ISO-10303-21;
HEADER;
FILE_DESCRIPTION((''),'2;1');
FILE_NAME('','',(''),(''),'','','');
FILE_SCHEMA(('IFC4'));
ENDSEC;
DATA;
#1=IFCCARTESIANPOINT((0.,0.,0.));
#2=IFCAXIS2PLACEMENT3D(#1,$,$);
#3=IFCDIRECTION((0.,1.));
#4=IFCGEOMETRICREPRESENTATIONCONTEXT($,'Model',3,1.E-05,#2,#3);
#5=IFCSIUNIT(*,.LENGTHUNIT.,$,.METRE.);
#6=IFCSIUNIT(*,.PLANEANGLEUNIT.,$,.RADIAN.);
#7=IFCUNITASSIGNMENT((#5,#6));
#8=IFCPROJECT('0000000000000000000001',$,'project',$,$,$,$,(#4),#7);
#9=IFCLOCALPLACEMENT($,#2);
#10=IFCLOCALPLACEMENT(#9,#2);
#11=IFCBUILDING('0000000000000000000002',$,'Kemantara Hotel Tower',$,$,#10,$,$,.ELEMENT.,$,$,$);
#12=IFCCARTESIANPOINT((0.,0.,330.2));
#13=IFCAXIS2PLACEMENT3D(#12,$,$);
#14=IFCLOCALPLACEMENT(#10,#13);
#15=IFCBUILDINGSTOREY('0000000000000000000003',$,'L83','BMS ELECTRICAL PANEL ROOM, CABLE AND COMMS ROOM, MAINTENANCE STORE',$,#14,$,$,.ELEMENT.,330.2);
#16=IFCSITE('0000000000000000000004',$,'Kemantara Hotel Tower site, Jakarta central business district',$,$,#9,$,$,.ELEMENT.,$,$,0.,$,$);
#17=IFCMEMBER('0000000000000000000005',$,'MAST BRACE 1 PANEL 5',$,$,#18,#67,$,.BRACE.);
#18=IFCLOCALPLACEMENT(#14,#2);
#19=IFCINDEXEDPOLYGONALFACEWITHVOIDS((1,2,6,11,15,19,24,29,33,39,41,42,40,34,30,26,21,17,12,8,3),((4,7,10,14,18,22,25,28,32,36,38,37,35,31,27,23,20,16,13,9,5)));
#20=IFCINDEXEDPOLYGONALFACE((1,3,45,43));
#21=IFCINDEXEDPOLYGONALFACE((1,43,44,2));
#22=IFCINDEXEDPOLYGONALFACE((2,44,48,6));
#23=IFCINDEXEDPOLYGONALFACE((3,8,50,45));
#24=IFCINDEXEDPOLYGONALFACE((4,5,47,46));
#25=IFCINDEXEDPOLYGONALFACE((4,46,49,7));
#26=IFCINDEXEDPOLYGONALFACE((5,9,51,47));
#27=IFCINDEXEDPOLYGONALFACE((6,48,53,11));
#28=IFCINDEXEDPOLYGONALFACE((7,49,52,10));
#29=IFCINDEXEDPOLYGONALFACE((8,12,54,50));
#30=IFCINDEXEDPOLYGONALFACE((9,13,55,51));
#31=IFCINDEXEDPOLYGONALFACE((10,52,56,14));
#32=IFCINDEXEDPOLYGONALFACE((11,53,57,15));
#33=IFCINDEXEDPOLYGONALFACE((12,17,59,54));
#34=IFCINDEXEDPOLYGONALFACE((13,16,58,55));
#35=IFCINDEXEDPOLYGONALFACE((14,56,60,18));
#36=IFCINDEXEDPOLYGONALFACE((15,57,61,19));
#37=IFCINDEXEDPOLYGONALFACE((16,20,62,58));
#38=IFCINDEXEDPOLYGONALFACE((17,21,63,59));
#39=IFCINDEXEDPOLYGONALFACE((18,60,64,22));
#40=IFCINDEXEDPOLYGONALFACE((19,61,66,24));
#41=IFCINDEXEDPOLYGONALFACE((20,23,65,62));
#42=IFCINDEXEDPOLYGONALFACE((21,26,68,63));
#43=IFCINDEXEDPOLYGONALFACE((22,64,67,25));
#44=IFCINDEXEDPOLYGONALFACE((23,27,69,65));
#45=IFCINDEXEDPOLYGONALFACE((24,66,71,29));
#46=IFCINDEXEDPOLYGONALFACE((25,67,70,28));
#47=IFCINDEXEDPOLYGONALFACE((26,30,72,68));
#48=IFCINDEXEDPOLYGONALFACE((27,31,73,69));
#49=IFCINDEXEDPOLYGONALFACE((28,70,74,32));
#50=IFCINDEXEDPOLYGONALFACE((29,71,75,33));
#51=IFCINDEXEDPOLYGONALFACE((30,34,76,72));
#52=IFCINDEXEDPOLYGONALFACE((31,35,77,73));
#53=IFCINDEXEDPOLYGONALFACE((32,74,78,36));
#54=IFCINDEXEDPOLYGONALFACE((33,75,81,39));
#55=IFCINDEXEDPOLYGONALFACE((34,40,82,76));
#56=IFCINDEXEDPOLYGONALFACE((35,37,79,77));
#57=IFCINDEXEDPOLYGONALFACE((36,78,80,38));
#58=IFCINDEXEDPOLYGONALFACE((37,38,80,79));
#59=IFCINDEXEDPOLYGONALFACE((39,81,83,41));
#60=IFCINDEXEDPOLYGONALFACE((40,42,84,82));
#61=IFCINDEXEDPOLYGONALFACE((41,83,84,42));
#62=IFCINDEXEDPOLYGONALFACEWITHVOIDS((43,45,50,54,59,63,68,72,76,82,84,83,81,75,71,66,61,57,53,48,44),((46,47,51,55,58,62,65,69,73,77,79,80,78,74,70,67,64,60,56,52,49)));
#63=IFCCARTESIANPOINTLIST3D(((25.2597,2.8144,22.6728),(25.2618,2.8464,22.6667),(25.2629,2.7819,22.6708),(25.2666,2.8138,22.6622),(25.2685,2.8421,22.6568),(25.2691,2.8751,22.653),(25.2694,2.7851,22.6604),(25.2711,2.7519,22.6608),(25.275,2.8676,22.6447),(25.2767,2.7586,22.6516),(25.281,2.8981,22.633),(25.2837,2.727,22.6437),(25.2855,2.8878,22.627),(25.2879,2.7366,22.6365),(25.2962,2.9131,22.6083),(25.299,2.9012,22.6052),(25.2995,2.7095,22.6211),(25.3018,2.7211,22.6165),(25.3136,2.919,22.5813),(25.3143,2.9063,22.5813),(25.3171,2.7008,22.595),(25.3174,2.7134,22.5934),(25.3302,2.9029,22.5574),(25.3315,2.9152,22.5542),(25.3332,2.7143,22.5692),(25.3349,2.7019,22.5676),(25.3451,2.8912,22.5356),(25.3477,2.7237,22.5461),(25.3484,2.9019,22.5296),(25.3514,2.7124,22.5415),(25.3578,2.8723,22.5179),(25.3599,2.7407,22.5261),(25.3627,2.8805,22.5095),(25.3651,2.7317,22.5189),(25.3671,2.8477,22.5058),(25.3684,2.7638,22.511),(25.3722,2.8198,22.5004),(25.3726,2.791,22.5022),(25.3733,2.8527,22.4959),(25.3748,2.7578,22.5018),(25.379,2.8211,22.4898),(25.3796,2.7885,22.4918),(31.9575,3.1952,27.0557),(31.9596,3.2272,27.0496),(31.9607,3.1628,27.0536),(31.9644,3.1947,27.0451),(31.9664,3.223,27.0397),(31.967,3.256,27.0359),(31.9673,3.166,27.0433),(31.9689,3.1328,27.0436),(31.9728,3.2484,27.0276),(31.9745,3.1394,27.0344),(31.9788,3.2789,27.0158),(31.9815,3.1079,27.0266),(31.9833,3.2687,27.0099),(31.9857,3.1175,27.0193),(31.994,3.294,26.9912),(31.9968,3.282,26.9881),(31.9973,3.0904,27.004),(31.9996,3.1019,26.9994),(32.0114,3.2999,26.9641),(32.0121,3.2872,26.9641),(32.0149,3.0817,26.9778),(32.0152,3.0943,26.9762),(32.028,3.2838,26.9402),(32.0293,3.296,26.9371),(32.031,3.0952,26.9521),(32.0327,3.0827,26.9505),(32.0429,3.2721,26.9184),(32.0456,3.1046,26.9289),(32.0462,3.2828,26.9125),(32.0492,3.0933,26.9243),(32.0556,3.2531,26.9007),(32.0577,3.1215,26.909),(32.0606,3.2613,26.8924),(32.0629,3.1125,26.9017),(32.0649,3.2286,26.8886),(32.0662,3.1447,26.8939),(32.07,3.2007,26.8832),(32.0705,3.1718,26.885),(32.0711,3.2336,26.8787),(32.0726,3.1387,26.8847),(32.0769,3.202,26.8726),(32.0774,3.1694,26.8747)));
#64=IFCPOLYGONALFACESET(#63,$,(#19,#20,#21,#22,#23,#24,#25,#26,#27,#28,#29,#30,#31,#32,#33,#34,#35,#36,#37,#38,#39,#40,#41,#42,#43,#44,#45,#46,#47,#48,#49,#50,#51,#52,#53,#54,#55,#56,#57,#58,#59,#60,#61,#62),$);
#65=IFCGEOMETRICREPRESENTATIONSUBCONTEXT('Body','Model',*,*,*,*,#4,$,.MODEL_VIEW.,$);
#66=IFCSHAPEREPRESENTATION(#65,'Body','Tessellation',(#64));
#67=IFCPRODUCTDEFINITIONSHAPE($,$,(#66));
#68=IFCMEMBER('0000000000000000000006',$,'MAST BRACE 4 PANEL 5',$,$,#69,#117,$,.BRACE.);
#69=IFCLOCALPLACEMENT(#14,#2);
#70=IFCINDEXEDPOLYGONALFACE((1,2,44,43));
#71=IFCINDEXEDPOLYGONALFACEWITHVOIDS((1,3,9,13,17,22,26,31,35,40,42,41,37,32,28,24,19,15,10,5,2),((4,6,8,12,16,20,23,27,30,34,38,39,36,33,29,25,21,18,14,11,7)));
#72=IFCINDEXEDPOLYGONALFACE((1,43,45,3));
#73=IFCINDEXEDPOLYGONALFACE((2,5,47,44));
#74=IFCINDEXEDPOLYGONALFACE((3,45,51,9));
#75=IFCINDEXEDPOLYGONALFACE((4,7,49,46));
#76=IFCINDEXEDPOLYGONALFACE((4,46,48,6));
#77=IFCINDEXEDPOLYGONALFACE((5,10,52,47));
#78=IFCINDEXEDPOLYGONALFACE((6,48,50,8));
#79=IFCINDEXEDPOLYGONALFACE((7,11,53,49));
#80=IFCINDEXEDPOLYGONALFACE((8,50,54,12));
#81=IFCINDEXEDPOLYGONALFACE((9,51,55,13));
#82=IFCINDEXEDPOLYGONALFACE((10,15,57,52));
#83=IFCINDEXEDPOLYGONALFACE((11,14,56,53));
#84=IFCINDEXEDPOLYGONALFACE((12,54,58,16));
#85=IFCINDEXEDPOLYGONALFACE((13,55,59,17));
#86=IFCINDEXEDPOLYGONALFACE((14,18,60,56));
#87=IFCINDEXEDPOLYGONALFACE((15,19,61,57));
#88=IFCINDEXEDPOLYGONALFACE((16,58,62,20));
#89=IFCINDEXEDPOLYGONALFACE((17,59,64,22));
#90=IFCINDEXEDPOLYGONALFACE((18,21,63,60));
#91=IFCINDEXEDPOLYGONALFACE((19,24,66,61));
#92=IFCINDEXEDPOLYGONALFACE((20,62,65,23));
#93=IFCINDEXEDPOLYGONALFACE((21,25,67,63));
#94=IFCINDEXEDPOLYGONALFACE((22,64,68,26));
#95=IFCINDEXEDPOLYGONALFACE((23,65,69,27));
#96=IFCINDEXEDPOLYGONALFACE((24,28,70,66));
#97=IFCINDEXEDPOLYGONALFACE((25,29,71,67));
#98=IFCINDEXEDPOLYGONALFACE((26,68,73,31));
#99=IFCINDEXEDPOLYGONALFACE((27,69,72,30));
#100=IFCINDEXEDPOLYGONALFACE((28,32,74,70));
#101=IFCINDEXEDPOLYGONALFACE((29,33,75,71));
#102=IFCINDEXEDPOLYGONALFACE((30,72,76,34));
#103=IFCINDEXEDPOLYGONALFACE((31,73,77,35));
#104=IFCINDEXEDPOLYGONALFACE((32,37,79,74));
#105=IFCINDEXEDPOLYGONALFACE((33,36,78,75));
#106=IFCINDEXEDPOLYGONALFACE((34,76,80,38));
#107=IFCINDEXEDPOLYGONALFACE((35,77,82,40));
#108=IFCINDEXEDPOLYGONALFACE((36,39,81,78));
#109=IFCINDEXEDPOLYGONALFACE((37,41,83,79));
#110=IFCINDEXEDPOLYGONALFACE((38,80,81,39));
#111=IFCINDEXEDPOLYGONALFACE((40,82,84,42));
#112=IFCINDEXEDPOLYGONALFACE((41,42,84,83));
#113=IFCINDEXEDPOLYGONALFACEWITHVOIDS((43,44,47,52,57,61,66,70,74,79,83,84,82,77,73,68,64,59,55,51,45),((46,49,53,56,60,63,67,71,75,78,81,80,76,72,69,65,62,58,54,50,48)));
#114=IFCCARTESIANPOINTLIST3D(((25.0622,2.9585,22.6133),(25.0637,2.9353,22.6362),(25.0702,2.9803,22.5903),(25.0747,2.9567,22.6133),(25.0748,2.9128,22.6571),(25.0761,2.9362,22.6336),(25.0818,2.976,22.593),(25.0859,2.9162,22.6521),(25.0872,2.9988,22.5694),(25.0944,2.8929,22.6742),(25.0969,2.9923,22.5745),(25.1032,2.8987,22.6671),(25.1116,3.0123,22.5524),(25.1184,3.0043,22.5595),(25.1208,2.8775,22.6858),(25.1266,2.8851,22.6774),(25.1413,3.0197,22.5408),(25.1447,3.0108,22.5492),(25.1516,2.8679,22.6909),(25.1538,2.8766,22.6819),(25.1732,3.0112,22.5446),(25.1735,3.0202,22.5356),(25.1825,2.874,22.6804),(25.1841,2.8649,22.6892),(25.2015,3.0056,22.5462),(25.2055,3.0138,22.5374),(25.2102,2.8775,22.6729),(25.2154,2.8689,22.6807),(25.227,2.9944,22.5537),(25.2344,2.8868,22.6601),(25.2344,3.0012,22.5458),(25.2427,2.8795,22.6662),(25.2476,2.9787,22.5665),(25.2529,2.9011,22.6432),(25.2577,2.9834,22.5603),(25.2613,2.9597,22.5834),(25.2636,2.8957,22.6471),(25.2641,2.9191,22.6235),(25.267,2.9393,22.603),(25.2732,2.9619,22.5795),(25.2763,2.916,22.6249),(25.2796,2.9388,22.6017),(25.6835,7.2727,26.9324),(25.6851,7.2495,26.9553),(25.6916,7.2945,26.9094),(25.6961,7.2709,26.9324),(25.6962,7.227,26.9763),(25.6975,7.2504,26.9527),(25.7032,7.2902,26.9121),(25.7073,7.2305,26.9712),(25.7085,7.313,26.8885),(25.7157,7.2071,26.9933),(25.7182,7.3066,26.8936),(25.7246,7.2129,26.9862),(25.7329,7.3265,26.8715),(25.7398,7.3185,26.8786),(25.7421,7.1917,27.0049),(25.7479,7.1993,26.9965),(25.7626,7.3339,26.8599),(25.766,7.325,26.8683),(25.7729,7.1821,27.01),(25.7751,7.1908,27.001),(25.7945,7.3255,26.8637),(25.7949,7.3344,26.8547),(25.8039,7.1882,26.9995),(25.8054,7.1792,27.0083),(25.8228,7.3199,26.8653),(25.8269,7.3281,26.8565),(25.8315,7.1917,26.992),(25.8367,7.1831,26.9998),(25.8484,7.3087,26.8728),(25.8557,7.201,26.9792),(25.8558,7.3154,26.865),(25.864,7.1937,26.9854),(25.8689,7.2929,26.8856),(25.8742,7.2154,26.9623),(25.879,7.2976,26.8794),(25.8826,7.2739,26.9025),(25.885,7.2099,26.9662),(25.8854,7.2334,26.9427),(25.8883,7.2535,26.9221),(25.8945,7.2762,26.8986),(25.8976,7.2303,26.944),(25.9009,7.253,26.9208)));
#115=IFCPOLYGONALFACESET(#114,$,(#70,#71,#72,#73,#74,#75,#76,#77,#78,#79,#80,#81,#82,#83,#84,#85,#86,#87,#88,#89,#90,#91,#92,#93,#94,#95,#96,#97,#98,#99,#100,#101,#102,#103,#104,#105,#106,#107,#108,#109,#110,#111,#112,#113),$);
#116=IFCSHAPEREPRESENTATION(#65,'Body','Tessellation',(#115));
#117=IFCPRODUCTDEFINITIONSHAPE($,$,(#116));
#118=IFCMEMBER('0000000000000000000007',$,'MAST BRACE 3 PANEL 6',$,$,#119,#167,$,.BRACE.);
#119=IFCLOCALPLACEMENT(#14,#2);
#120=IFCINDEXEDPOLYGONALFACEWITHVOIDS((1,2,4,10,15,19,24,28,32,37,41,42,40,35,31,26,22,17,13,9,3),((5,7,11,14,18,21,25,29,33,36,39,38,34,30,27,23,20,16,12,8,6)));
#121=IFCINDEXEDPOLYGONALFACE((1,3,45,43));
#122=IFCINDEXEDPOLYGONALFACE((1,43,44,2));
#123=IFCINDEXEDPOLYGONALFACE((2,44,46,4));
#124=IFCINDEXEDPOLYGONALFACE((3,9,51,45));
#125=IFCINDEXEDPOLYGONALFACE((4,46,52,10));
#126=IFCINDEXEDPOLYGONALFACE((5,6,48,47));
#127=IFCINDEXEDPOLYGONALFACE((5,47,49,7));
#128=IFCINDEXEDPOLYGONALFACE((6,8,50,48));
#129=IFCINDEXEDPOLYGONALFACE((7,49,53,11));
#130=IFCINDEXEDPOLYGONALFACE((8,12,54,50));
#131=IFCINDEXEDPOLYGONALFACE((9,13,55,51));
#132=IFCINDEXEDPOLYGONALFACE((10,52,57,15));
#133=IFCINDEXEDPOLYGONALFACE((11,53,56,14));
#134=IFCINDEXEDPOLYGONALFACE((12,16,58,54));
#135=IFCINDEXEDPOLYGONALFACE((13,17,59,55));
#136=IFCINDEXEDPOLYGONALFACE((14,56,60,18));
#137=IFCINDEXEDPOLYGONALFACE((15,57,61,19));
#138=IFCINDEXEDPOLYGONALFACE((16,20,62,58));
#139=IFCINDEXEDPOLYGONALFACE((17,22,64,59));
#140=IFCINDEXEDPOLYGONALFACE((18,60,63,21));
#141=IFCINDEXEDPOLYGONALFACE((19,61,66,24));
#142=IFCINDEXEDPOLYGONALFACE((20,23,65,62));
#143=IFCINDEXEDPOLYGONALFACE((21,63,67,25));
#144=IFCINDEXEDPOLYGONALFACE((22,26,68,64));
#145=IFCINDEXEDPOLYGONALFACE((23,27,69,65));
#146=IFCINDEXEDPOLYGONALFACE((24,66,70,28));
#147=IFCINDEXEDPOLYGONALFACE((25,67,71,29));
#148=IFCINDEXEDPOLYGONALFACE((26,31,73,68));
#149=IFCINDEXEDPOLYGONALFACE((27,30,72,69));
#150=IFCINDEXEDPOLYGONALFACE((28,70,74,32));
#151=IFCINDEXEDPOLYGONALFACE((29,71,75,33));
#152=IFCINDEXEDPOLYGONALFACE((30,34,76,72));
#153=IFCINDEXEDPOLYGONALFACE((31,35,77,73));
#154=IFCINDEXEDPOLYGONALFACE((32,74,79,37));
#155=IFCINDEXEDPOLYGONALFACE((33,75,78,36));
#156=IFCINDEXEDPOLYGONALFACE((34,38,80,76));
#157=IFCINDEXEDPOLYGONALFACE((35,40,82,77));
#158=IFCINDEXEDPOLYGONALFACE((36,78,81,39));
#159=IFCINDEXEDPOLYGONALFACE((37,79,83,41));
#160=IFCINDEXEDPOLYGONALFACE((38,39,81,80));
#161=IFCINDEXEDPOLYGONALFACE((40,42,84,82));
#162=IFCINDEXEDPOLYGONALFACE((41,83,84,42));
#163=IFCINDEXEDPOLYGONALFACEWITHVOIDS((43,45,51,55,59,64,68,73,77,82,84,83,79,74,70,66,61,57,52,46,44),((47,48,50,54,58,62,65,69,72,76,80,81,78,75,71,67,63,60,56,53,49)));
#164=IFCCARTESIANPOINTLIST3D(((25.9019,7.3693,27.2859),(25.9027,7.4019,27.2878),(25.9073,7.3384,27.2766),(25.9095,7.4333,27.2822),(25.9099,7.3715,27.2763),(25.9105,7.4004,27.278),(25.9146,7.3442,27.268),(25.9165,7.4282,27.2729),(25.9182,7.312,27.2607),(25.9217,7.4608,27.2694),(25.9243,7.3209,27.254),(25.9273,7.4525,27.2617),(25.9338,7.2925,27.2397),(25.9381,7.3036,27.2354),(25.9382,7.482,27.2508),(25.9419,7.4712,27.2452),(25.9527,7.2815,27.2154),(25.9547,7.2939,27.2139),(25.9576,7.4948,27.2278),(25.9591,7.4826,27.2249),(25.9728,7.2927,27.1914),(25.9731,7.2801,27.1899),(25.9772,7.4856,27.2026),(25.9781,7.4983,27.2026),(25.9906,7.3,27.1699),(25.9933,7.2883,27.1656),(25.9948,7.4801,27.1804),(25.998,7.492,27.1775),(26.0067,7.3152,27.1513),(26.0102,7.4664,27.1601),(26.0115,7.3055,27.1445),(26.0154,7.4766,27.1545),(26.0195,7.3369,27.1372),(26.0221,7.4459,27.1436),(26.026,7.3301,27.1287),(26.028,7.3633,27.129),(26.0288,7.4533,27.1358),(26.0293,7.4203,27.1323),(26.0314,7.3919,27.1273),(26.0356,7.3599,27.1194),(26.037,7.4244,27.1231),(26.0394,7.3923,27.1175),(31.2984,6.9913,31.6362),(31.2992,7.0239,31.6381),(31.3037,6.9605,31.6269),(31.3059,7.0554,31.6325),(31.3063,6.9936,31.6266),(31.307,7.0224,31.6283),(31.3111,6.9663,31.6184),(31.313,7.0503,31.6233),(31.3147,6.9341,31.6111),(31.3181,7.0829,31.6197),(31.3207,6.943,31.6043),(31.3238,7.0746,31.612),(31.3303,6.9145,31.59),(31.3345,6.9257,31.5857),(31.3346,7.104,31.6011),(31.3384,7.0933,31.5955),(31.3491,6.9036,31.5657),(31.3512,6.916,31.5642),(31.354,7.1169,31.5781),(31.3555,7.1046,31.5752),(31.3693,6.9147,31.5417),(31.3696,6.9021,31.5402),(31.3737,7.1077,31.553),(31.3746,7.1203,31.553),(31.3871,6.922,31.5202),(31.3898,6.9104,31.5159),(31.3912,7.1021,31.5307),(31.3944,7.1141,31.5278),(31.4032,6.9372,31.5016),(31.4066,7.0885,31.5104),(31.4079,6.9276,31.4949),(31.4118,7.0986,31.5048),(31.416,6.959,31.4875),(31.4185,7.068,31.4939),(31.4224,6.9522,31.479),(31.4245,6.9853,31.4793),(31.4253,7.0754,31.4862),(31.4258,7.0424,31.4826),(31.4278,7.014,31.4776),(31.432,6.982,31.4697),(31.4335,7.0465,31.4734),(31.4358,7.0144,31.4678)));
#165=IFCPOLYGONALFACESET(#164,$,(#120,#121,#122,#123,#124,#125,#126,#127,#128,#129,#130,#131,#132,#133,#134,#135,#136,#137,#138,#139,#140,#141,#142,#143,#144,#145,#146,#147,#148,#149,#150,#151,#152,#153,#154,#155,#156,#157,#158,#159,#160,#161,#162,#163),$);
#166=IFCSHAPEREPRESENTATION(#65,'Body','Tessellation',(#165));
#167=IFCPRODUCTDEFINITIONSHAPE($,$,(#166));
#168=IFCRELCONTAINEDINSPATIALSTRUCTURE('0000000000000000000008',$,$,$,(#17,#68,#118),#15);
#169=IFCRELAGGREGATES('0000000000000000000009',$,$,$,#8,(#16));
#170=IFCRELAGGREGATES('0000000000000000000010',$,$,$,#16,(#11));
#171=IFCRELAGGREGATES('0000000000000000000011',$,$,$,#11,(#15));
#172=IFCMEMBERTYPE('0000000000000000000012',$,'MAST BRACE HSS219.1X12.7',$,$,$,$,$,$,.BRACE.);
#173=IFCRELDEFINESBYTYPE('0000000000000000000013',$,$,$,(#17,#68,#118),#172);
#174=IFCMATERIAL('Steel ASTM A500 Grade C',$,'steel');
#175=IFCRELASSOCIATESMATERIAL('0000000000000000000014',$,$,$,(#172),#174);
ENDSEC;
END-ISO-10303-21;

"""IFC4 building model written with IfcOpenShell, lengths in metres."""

from ifc_helpers import new_model, si_unit, direction, frame, origin, origin_2d, place, context, subcontext, project, spatial, hollow_circle, extrude, material, material_profile, profile_set, type_object, element, save


model = new_model("IFC4")

# Units and contexts
model_context = context("Model", 3, precision=1e-05, world=origin(), true_north=direction((0.0, 1.0)))
body_context = subcontext(model_context, "Body", "Model", "MODEL_VIEW")
ifc_project = project(units=[si_unit("LENGTHUNIT", "METRE"), si_unit("PLANEANGLEUNIT", "RADIAN")], contexts=[model_context])

# Site, building, storey
site_placement = place(None, origin())
site = spatial("IfcSite", under=ifc_project, at=site_placement, Name="Kemantara Hotel Tower site, Jakarta central business district", CompositionType="ELEMENT", RefElevation=0.0)
building_placement = place(site_placement, origin())
building = spatial("IfcBuilding", under=site, at=building_placement, Name="Kemantara Hotel Tower", CompositionType="ELEMENT")
storey_placement = place(building_placement, frame((0.0, 0.0, 330.2)))
storey = spatial("IfcBuildingStorey", under=building, at=storey_placement, Name="L83", Description="BMS ELECTRICAL PANEL ROOM, CABLE AND COMMS ROOM, MAINTENANCE STORE", CompositionType="ELEMENT", Elevation=330.2)

# Members
ifc_material_1 = material(Name="Steel ASTM A500 Grade C", Category="steel")
ifc_material_profile_1 = material_profile(ifc_material_1, hollow_circle(Radius=0.1096, WallThickness=0.0127, at=origin_2d()), Name="HSS219.1X12.7")
ifc_profile_set_1 = profile_set([ifc_material_profile_1], Name="Steel ASTM A500 Grade C")
member_type_1 = type_object("IfcMemberType", Name="MAST BRACE HSS219.1X12.7", PredefinedType="BRACE", material=ifc_profile_set_1)
member_1_placement = place(storey_placement, frame((25.3198, 2.8096, 22.5813), z_axis=(0.835823, 0.047528, 0.546938), x_axis=(-0.056772, 0.998387, 0.0)))
element("IfcMember", 1, at=member_1_placement, inside=storey, type_object=member_type_1, Name="MAST BRACE 1 PANEL 5", PredefinedType="BRACE", context=body_context, shape_type="SweptSolid", body=[
    extrude(hollow_circle(Radius=0.1096, WallThickness=0.0127, at=origin_2d()), origin(), (0.0, 0.0, 1.0), 8.0134),
])
member_2_placement = place(storey_placement, frame((25.1707, 2.9429, 22.6133), z_axis=(0.101258, 0.703074, 0.70387), x_axis=(-0.989788, 0.14255, 0.0)))
element("IfcMember", 2, at=member_2_placement, inside=storey, type_object=member_type_1, Name="MAST BRACE 4 PANEL 5", PredefinedType="BRACE", context=body_context, shape_type="SweptSolid", body=[
    extrude(hollow_circle(Radius=0.1096, WallThickness=0.0127, at=origin_2d()), origin(), (0.0, 0.0, 1.0), 6.1362),
])
member_3_placement = place(storey_placement, frame((25.9705, 7.3889, 27.2026), z_axis=(0.777376, -0.054442, 0.626676), x_axis=(0.069861, 0.997557, 0.0)))
element("IfcMember", 3, at=member_3_placement, inside=storey, type_object=member_type_1, Name="MAST BRACE 3 PANEL 6", PredefinedType="BRACE", context=body_context, shape_type="SweptSolid", body=[
    extrude(hollow_circle(Radius=0.1096, WallThickness=0.0127, at=origin_2d()), origin(), (0.0, 0.0, 1.0), 6.9419),
])

save(model, "model.ifc")
